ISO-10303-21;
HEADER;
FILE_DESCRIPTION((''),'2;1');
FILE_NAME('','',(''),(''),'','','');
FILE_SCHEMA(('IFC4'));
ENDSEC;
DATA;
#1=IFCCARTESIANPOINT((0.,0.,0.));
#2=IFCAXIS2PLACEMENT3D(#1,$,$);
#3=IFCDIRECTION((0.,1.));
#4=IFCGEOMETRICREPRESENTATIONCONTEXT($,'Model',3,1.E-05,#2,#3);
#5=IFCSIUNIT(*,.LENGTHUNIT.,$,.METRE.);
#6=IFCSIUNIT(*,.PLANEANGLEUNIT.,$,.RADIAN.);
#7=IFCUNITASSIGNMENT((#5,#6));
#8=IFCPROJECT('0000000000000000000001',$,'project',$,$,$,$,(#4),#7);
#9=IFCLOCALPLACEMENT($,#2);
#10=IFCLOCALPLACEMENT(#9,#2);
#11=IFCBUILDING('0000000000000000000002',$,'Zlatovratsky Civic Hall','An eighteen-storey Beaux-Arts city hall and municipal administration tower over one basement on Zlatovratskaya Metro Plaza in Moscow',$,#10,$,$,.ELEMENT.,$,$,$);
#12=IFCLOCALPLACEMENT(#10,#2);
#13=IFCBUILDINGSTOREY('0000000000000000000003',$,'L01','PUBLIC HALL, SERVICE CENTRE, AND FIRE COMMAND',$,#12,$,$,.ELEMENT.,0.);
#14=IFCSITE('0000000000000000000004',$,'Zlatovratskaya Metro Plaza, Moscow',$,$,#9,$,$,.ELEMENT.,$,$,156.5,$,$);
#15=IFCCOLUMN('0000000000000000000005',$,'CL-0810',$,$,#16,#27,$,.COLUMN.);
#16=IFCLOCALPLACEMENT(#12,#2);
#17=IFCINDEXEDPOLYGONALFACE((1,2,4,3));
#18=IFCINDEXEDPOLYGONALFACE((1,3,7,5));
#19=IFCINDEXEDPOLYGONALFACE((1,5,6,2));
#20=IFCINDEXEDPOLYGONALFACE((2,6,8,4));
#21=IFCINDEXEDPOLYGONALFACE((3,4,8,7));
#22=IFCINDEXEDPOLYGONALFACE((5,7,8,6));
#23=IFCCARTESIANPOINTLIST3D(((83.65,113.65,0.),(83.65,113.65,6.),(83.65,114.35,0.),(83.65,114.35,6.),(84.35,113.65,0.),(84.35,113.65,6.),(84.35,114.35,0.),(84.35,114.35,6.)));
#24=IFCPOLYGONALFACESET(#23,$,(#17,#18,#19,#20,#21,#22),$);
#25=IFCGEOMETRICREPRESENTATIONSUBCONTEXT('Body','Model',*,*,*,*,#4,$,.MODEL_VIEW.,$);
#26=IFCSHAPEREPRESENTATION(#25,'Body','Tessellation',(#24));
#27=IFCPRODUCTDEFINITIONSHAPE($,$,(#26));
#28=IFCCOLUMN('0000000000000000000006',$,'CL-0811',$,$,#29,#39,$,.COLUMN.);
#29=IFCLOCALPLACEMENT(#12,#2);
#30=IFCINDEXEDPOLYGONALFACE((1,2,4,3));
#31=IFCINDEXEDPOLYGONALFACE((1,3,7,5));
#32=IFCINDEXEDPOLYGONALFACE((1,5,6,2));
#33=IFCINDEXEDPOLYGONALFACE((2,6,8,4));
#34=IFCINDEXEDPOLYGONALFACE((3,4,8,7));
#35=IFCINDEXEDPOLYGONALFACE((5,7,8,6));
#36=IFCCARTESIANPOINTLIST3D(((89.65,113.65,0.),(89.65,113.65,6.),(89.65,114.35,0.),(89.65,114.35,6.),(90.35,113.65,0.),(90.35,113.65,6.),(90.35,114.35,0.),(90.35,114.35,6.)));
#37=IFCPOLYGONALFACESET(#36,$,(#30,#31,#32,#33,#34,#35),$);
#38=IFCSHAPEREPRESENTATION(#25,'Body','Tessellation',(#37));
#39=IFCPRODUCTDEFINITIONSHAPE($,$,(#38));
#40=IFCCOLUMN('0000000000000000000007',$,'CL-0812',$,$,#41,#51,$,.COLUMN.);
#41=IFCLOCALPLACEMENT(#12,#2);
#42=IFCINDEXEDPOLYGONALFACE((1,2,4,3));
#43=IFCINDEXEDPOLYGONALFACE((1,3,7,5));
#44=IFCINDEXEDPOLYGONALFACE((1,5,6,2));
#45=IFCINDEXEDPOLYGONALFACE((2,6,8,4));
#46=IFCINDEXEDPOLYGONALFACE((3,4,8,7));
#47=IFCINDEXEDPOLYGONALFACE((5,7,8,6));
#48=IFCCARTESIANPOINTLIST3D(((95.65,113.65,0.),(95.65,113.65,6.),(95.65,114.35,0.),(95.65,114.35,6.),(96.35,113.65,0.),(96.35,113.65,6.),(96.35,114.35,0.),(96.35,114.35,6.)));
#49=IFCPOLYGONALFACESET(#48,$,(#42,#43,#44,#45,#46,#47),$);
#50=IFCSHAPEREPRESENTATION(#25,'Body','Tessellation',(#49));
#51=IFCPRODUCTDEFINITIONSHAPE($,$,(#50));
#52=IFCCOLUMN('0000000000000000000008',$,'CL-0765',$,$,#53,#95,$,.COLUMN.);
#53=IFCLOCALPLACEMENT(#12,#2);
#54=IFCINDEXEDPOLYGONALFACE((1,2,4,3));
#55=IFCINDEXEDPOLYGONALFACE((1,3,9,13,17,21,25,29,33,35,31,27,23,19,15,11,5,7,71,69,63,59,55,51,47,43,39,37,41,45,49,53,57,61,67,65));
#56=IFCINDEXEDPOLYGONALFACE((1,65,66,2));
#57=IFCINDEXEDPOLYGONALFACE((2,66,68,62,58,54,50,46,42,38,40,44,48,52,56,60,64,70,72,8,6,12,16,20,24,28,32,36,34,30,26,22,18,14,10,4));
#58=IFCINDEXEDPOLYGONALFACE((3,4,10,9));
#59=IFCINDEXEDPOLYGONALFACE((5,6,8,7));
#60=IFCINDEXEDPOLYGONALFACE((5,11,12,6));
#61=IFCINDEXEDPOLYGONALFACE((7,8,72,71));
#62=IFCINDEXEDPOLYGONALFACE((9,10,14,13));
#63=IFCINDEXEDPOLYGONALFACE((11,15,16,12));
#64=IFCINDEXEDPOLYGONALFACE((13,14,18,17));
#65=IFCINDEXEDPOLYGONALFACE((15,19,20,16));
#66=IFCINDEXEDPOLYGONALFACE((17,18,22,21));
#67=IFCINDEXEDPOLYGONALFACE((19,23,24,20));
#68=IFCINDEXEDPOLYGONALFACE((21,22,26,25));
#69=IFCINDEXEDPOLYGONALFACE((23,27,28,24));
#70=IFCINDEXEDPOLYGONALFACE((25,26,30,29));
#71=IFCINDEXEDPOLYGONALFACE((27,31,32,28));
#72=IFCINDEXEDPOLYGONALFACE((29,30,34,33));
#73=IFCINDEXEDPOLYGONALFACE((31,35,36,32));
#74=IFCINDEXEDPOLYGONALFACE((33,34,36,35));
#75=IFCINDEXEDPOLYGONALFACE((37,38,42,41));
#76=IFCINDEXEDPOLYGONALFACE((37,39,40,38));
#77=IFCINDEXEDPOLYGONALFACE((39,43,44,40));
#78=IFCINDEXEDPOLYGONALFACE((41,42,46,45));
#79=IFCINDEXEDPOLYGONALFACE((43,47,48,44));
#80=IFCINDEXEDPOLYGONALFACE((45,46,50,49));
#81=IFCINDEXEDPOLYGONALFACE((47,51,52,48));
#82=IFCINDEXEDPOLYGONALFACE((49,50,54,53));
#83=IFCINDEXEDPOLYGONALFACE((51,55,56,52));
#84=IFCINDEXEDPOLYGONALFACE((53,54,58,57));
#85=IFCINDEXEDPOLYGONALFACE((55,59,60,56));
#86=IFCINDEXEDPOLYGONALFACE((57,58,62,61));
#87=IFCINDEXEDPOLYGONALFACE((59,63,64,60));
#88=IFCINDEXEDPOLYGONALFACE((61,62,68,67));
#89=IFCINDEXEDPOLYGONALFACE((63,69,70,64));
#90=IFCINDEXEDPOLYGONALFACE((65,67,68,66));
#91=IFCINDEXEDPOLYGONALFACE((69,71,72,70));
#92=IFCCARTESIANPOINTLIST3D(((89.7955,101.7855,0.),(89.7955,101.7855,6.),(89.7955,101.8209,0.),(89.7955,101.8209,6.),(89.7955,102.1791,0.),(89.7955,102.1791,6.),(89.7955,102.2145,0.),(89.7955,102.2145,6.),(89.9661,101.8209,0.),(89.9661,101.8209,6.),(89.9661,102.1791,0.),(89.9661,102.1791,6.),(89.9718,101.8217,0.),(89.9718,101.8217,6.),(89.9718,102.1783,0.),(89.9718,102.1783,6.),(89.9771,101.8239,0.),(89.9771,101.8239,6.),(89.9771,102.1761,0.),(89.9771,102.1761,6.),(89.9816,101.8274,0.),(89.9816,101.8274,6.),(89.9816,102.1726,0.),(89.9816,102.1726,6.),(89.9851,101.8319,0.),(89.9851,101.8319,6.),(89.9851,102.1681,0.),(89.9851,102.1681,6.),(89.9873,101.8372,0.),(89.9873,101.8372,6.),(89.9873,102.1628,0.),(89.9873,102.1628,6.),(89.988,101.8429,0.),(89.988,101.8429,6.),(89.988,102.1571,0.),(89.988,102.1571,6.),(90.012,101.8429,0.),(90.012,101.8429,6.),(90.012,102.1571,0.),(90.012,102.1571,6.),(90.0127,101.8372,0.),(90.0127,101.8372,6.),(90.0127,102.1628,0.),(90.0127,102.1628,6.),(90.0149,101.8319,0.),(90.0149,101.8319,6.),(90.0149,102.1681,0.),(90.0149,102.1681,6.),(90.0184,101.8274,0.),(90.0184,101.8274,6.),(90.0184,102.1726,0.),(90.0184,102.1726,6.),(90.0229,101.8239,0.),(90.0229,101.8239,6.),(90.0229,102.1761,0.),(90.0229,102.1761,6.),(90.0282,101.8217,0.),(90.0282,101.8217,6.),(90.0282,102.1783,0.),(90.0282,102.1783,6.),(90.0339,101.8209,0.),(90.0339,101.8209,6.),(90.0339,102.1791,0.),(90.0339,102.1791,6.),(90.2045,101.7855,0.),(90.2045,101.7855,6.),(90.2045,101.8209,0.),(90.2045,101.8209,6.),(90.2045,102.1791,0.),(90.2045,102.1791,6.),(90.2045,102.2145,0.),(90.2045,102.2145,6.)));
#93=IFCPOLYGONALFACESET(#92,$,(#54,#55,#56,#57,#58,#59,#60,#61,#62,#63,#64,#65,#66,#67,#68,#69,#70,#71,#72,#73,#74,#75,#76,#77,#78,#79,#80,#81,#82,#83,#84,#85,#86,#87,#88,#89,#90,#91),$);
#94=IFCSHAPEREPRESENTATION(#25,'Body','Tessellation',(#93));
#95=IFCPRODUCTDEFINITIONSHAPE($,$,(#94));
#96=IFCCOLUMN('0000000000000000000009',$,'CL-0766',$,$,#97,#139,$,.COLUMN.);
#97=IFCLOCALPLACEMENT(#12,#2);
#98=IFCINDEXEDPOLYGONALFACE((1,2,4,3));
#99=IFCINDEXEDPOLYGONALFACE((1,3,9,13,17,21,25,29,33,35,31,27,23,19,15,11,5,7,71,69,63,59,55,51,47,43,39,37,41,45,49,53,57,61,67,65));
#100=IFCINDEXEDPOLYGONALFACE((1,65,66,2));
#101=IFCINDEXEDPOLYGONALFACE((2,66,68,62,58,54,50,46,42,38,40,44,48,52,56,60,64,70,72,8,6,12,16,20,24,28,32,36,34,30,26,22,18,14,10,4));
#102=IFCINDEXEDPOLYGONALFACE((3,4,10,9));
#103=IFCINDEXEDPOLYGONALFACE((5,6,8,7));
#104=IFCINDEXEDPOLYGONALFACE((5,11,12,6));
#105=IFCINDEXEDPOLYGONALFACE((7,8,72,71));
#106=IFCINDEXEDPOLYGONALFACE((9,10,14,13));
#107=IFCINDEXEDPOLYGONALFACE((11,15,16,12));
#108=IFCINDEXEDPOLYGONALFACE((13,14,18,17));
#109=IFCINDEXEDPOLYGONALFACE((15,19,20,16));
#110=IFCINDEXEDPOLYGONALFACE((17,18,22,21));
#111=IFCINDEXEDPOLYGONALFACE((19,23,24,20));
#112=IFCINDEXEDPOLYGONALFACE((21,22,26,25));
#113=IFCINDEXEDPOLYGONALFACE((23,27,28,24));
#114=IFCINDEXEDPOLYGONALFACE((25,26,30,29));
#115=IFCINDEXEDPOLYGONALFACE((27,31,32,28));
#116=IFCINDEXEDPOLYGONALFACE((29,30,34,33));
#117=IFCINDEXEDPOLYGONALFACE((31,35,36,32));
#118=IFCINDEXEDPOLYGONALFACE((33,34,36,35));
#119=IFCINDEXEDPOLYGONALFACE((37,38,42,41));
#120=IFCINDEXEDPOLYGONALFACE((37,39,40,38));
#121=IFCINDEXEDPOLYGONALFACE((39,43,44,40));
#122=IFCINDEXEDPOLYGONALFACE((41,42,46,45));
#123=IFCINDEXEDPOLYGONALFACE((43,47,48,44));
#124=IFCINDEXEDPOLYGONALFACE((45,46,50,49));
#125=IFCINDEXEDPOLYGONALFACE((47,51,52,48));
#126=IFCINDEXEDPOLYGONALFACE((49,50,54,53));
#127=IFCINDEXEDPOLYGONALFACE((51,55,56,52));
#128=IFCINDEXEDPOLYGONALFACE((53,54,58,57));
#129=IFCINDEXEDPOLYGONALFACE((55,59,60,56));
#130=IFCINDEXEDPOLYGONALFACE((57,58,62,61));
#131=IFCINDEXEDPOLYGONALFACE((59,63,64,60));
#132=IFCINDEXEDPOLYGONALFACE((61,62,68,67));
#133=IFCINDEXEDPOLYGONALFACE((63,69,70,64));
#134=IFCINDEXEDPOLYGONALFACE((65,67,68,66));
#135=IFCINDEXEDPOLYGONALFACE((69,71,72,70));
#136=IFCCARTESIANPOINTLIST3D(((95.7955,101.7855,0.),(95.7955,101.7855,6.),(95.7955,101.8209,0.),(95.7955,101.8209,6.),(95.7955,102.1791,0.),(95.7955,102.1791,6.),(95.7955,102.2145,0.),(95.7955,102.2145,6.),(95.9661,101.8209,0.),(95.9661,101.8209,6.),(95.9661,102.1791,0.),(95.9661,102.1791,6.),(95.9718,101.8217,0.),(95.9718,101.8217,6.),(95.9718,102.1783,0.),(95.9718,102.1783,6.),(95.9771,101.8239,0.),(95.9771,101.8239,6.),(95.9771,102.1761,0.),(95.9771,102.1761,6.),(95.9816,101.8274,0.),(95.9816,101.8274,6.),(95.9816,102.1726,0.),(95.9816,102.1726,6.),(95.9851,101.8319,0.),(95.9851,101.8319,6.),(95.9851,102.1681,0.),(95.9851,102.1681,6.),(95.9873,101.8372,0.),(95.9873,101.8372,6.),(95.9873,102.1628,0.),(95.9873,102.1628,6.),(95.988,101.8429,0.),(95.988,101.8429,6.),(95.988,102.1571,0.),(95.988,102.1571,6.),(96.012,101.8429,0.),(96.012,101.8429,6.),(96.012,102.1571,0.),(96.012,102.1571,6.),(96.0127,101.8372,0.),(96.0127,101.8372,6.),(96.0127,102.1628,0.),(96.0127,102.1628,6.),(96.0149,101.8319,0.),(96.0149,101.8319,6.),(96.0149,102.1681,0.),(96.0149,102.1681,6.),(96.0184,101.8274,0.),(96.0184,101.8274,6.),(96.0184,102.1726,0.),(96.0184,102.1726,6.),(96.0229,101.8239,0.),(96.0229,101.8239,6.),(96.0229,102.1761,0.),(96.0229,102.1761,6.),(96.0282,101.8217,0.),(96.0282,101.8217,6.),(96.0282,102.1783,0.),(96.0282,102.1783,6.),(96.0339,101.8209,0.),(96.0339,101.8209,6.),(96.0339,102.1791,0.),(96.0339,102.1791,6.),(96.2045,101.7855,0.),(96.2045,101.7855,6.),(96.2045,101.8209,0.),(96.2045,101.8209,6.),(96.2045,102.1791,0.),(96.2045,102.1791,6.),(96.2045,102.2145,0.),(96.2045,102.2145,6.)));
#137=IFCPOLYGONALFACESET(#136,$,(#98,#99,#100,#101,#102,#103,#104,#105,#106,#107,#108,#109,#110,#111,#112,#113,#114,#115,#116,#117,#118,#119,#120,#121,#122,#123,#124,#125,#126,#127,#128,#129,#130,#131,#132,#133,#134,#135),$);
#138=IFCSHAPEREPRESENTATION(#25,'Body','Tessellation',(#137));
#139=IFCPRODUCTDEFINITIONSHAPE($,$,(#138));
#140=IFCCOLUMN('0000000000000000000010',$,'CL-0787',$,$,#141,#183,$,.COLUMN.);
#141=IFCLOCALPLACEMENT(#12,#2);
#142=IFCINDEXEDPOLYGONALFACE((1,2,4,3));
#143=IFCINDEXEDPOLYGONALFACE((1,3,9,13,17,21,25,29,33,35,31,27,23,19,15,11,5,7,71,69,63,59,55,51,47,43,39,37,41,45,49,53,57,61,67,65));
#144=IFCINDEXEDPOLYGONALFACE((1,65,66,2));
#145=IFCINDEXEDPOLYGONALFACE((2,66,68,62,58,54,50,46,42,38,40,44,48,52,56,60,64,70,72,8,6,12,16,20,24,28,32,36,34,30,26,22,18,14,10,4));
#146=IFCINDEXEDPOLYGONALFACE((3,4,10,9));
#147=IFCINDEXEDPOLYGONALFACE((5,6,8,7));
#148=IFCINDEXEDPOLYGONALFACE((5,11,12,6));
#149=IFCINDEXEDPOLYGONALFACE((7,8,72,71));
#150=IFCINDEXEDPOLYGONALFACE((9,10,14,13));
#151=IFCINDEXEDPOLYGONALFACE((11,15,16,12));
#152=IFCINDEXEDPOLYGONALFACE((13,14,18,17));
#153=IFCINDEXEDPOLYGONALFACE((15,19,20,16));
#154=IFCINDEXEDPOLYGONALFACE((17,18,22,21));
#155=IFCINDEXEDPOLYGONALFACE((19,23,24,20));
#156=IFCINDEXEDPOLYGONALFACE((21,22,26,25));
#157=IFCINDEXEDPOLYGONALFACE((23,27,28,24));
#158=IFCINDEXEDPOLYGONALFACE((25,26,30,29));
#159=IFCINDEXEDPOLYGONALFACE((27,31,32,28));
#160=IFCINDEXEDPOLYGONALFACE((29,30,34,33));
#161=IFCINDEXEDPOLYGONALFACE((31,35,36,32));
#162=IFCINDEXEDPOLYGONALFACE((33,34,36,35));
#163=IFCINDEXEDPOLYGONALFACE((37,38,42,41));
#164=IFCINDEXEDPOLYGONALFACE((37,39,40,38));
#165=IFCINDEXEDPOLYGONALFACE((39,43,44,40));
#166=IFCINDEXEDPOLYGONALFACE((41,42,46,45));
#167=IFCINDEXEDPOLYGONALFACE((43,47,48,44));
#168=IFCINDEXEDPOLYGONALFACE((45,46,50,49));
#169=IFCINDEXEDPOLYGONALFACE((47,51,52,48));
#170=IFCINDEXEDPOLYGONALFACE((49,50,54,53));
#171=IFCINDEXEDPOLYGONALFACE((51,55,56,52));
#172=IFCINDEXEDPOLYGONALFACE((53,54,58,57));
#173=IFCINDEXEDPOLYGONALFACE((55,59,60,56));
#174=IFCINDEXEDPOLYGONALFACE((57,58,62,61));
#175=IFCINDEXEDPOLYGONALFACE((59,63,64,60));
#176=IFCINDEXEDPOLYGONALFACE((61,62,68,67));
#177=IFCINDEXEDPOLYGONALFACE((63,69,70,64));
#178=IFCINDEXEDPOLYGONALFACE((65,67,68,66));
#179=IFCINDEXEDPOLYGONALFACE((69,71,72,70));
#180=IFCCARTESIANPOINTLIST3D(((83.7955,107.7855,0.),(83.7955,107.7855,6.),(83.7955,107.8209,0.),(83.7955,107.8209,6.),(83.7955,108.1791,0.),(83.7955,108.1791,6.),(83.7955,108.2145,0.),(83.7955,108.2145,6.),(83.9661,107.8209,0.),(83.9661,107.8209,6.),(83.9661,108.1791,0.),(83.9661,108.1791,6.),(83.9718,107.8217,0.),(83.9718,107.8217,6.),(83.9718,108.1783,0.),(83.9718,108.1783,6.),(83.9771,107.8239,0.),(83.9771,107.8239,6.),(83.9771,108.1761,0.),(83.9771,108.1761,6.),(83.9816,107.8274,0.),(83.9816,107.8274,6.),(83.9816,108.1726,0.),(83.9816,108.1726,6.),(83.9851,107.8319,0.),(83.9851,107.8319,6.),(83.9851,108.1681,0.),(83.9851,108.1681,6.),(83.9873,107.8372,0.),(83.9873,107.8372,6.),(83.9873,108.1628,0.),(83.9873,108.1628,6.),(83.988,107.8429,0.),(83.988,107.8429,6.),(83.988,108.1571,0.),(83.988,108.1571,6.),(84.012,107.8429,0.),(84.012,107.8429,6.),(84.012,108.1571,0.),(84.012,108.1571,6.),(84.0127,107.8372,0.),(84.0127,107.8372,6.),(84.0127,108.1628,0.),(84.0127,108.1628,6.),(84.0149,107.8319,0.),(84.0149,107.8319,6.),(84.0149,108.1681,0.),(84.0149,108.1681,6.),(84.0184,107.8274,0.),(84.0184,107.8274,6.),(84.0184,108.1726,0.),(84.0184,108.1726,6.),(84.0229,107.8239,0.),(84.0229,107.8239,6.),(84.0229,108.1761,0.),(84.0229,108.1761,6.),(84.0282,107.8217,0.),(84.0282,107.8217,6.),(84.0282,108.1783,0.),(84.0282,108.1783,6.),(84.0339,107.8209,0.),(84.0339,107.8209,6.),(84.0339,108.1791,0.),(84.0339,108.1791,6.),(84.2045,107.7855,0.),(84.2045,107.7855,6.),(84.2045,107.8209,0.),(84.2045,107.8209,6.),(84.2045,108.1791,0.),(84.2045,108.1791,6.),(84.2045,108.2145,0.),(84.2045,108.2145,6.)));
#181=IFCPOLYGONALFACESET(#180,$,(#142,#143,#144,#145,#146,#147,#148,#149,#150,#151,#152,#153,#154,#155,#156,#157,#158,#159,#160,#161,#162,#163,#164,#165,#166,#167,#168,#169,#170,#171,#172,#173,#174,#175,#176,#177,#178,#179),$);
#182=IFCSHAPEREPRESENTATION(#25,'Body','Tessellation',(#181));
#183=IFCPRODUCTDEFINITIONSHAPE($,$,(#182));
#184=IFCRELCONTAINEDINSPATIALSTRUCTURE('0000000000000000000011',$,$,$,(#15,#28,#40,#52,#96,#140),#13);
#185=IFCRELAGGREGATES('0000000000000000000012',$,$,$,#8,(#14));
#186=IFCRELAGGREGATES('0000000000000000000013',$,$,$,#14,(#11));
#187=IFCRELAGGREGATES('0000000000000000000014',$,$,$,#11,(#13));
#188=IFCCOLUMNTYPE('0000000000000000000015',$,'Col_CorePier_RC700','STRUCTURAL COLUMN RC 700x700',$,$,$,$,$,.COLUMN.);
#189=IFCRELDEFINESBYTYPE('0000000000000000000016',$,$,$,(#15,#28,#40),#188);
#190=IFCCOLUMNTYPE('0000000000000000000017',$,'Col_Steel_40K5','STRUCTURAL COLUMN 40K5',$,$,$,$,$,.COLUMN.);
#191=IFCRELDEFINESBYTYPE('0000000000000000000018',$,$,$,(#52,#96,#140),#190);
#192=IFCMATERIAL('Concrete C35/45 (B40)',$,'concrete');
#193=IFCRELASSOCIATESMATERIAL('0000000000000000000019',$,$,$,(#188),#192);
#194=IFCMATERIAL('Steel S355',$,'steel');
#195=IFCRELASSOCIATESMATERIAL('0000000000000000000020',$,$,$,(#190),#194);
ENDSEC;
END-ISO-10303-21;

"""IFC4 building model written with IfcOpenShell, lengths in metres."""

from ifc_helpers import new_model, si_unit, direction, frame, origin, origin_2d, place, context, subcontext, project, spatial, rectangle, i_section, extrude, material, material_profile, profile_set, type_object, element, save


model = new_model("IFC4")

# Units and contexts
model_context = context("Model", 3, precision=1e-05, world=origin(), true_north=direction((0.0, 1.0)))
body_context = subcontext(model_context, "Body", "Model", "MODEL_VIEW")
ifc_project = project(units=[si_unit("LENGTHUNIT", "METRE"), si_unit("PLANEANGLEUNIT", "RADIAN")], contexts=[model_context])

# Site, building, storey
site_placement = place(None, origin())
site = spatial("IfcSite", under=ifc_project, at=site_placement, Name="Zlatovratskaya Metro Plaza, Moscow", CompositionType="ELEMENT", RefElevation=156.5)
building_placement = place(site_placement, origin())
building = spatial("IfcBuilding", under=site, at=building_placement, Name="Zlatovratsky Civic Hall", Description="An eighteen-storey Beaux-Arts city hall and municipal administration tower over one basement on Zlatovratskaya Metro Plaza in Moscow", CompositionType="ELEMENT")
storey_placement = place(building_placement, origin())
storey = spatial("IfcBuildingStorey", under=building, at=storey_placement, Name="L01", Description="PUBLIC HALL, SERVICE CENTRE, AND FIRE COMMAND", CompositionType="ELEMENT", Elevation=0.0)

# Columns
ifc_material_1 = material(Name="Concrete C35/45 (B40)", Category="concrete")
ifc_material_profile_1 = material_profile(ifc_material_1, rectangle(XDim=0.7, YDim=0.7, at=origin_2d()), Name="RC 700x700")
ifc_profile_set_1 = profile_set([ifc_material_profile_1], Name="Concrete C35/45 (B40)")
column_type_1 = type_object("IfcColumnType", Name="Col_CorePier_RC700", Description="STRUCTURAL COLUMN RC 700x700", PredefinedType="COLUMN", material=ifc_profile_set_1)
for number, where, z_axis, x_axis, name in (
    (1, (84.0, 114.0, 0.0), (0.0, 0.0, 1.0), (1.0, 0.0, 0.0), "CL-0810"),
    (2, (90.0, 114.0, 0.0), (0.0, 0.0, 1.0), (1.0, 0.0, 0.0), "CL-0811"),
    (3, (96.0, 114.0, 0.0), (0.0, 0.0, 1.0), (1.0, 0.0, 0.0), "CL-0812"),
):
    element("IfcColumn", number, at=place(storey_placement, frame(where, z_axis=z_axis, x_axis=x_axis)), inside=storey, type_object=column_type_1, Name=name, PredefinedType="COLUMN", context=body_context, shape_type="SweptSolid", body=[
        extrude(rectangle(XDim=0.7, YDim=0.7, at=origin_2d()), origin(), (0.0, 0.0, 1.0), 6.0),
    ])
ifc_material_2 = material(Name="Steel S355", Category="steel")
ifc_material_profile_2 = material_profile(ifc_material_2, i_section(OverallWidth=0.4089, OverallDepth=0.429, WebThickness=0.0239, FlangeThickness=0.0354, FilletRadius=0.022, at=origin_2d()), Name="40K5")
ifc_profile_set_2 = profile_set([ifc_material_profile_2], Name="Steel S355")
column_type_2 = type_object("IfcColumnType", Name="Col_Steel_40K5", Description="STRUCTURAL COLUMN 40K5", PredefinedType="COLUMN", material=ifc_profile_set_2)
for number, where, z_axis, x_axis, name in (
    (4, (90.0, 102.0, 0.0), (0.0, 0.0, 1.0), (1.0, 0.0, 0.0), "CL-0765"),
    (5, (96.0, 102.0, 0.0), (0.0, 0.0, 1.0), (1.0, 0.0, 0.0), "CL-0766"),
    (6, (84.0, 108.0, 0.0), (0.0, 0.0, 1.0), (1.0, 0.0, 0.0), "CL-0787"),
):
    element("IfcColumn", number, at=place(storey_placement, frame(where, z_axis=z_axis, x_axis=x_axis)), inside=storey, type_object=column_type_2, Name=name, PredefinedType="COLUMN", context=body_context, shape_type="SweptSolid", body=[
        extrude(i_section(OverallWidth=0.4089, OverallDepth=0.429, WebThickness=0.0239, FlangeThickness=0.0354, FilletRadius=0.022, at=origin_2d()), origin(), (0.0, 0.0, 1.0), 6.0),
    ])

save(model, "model.ifc")
